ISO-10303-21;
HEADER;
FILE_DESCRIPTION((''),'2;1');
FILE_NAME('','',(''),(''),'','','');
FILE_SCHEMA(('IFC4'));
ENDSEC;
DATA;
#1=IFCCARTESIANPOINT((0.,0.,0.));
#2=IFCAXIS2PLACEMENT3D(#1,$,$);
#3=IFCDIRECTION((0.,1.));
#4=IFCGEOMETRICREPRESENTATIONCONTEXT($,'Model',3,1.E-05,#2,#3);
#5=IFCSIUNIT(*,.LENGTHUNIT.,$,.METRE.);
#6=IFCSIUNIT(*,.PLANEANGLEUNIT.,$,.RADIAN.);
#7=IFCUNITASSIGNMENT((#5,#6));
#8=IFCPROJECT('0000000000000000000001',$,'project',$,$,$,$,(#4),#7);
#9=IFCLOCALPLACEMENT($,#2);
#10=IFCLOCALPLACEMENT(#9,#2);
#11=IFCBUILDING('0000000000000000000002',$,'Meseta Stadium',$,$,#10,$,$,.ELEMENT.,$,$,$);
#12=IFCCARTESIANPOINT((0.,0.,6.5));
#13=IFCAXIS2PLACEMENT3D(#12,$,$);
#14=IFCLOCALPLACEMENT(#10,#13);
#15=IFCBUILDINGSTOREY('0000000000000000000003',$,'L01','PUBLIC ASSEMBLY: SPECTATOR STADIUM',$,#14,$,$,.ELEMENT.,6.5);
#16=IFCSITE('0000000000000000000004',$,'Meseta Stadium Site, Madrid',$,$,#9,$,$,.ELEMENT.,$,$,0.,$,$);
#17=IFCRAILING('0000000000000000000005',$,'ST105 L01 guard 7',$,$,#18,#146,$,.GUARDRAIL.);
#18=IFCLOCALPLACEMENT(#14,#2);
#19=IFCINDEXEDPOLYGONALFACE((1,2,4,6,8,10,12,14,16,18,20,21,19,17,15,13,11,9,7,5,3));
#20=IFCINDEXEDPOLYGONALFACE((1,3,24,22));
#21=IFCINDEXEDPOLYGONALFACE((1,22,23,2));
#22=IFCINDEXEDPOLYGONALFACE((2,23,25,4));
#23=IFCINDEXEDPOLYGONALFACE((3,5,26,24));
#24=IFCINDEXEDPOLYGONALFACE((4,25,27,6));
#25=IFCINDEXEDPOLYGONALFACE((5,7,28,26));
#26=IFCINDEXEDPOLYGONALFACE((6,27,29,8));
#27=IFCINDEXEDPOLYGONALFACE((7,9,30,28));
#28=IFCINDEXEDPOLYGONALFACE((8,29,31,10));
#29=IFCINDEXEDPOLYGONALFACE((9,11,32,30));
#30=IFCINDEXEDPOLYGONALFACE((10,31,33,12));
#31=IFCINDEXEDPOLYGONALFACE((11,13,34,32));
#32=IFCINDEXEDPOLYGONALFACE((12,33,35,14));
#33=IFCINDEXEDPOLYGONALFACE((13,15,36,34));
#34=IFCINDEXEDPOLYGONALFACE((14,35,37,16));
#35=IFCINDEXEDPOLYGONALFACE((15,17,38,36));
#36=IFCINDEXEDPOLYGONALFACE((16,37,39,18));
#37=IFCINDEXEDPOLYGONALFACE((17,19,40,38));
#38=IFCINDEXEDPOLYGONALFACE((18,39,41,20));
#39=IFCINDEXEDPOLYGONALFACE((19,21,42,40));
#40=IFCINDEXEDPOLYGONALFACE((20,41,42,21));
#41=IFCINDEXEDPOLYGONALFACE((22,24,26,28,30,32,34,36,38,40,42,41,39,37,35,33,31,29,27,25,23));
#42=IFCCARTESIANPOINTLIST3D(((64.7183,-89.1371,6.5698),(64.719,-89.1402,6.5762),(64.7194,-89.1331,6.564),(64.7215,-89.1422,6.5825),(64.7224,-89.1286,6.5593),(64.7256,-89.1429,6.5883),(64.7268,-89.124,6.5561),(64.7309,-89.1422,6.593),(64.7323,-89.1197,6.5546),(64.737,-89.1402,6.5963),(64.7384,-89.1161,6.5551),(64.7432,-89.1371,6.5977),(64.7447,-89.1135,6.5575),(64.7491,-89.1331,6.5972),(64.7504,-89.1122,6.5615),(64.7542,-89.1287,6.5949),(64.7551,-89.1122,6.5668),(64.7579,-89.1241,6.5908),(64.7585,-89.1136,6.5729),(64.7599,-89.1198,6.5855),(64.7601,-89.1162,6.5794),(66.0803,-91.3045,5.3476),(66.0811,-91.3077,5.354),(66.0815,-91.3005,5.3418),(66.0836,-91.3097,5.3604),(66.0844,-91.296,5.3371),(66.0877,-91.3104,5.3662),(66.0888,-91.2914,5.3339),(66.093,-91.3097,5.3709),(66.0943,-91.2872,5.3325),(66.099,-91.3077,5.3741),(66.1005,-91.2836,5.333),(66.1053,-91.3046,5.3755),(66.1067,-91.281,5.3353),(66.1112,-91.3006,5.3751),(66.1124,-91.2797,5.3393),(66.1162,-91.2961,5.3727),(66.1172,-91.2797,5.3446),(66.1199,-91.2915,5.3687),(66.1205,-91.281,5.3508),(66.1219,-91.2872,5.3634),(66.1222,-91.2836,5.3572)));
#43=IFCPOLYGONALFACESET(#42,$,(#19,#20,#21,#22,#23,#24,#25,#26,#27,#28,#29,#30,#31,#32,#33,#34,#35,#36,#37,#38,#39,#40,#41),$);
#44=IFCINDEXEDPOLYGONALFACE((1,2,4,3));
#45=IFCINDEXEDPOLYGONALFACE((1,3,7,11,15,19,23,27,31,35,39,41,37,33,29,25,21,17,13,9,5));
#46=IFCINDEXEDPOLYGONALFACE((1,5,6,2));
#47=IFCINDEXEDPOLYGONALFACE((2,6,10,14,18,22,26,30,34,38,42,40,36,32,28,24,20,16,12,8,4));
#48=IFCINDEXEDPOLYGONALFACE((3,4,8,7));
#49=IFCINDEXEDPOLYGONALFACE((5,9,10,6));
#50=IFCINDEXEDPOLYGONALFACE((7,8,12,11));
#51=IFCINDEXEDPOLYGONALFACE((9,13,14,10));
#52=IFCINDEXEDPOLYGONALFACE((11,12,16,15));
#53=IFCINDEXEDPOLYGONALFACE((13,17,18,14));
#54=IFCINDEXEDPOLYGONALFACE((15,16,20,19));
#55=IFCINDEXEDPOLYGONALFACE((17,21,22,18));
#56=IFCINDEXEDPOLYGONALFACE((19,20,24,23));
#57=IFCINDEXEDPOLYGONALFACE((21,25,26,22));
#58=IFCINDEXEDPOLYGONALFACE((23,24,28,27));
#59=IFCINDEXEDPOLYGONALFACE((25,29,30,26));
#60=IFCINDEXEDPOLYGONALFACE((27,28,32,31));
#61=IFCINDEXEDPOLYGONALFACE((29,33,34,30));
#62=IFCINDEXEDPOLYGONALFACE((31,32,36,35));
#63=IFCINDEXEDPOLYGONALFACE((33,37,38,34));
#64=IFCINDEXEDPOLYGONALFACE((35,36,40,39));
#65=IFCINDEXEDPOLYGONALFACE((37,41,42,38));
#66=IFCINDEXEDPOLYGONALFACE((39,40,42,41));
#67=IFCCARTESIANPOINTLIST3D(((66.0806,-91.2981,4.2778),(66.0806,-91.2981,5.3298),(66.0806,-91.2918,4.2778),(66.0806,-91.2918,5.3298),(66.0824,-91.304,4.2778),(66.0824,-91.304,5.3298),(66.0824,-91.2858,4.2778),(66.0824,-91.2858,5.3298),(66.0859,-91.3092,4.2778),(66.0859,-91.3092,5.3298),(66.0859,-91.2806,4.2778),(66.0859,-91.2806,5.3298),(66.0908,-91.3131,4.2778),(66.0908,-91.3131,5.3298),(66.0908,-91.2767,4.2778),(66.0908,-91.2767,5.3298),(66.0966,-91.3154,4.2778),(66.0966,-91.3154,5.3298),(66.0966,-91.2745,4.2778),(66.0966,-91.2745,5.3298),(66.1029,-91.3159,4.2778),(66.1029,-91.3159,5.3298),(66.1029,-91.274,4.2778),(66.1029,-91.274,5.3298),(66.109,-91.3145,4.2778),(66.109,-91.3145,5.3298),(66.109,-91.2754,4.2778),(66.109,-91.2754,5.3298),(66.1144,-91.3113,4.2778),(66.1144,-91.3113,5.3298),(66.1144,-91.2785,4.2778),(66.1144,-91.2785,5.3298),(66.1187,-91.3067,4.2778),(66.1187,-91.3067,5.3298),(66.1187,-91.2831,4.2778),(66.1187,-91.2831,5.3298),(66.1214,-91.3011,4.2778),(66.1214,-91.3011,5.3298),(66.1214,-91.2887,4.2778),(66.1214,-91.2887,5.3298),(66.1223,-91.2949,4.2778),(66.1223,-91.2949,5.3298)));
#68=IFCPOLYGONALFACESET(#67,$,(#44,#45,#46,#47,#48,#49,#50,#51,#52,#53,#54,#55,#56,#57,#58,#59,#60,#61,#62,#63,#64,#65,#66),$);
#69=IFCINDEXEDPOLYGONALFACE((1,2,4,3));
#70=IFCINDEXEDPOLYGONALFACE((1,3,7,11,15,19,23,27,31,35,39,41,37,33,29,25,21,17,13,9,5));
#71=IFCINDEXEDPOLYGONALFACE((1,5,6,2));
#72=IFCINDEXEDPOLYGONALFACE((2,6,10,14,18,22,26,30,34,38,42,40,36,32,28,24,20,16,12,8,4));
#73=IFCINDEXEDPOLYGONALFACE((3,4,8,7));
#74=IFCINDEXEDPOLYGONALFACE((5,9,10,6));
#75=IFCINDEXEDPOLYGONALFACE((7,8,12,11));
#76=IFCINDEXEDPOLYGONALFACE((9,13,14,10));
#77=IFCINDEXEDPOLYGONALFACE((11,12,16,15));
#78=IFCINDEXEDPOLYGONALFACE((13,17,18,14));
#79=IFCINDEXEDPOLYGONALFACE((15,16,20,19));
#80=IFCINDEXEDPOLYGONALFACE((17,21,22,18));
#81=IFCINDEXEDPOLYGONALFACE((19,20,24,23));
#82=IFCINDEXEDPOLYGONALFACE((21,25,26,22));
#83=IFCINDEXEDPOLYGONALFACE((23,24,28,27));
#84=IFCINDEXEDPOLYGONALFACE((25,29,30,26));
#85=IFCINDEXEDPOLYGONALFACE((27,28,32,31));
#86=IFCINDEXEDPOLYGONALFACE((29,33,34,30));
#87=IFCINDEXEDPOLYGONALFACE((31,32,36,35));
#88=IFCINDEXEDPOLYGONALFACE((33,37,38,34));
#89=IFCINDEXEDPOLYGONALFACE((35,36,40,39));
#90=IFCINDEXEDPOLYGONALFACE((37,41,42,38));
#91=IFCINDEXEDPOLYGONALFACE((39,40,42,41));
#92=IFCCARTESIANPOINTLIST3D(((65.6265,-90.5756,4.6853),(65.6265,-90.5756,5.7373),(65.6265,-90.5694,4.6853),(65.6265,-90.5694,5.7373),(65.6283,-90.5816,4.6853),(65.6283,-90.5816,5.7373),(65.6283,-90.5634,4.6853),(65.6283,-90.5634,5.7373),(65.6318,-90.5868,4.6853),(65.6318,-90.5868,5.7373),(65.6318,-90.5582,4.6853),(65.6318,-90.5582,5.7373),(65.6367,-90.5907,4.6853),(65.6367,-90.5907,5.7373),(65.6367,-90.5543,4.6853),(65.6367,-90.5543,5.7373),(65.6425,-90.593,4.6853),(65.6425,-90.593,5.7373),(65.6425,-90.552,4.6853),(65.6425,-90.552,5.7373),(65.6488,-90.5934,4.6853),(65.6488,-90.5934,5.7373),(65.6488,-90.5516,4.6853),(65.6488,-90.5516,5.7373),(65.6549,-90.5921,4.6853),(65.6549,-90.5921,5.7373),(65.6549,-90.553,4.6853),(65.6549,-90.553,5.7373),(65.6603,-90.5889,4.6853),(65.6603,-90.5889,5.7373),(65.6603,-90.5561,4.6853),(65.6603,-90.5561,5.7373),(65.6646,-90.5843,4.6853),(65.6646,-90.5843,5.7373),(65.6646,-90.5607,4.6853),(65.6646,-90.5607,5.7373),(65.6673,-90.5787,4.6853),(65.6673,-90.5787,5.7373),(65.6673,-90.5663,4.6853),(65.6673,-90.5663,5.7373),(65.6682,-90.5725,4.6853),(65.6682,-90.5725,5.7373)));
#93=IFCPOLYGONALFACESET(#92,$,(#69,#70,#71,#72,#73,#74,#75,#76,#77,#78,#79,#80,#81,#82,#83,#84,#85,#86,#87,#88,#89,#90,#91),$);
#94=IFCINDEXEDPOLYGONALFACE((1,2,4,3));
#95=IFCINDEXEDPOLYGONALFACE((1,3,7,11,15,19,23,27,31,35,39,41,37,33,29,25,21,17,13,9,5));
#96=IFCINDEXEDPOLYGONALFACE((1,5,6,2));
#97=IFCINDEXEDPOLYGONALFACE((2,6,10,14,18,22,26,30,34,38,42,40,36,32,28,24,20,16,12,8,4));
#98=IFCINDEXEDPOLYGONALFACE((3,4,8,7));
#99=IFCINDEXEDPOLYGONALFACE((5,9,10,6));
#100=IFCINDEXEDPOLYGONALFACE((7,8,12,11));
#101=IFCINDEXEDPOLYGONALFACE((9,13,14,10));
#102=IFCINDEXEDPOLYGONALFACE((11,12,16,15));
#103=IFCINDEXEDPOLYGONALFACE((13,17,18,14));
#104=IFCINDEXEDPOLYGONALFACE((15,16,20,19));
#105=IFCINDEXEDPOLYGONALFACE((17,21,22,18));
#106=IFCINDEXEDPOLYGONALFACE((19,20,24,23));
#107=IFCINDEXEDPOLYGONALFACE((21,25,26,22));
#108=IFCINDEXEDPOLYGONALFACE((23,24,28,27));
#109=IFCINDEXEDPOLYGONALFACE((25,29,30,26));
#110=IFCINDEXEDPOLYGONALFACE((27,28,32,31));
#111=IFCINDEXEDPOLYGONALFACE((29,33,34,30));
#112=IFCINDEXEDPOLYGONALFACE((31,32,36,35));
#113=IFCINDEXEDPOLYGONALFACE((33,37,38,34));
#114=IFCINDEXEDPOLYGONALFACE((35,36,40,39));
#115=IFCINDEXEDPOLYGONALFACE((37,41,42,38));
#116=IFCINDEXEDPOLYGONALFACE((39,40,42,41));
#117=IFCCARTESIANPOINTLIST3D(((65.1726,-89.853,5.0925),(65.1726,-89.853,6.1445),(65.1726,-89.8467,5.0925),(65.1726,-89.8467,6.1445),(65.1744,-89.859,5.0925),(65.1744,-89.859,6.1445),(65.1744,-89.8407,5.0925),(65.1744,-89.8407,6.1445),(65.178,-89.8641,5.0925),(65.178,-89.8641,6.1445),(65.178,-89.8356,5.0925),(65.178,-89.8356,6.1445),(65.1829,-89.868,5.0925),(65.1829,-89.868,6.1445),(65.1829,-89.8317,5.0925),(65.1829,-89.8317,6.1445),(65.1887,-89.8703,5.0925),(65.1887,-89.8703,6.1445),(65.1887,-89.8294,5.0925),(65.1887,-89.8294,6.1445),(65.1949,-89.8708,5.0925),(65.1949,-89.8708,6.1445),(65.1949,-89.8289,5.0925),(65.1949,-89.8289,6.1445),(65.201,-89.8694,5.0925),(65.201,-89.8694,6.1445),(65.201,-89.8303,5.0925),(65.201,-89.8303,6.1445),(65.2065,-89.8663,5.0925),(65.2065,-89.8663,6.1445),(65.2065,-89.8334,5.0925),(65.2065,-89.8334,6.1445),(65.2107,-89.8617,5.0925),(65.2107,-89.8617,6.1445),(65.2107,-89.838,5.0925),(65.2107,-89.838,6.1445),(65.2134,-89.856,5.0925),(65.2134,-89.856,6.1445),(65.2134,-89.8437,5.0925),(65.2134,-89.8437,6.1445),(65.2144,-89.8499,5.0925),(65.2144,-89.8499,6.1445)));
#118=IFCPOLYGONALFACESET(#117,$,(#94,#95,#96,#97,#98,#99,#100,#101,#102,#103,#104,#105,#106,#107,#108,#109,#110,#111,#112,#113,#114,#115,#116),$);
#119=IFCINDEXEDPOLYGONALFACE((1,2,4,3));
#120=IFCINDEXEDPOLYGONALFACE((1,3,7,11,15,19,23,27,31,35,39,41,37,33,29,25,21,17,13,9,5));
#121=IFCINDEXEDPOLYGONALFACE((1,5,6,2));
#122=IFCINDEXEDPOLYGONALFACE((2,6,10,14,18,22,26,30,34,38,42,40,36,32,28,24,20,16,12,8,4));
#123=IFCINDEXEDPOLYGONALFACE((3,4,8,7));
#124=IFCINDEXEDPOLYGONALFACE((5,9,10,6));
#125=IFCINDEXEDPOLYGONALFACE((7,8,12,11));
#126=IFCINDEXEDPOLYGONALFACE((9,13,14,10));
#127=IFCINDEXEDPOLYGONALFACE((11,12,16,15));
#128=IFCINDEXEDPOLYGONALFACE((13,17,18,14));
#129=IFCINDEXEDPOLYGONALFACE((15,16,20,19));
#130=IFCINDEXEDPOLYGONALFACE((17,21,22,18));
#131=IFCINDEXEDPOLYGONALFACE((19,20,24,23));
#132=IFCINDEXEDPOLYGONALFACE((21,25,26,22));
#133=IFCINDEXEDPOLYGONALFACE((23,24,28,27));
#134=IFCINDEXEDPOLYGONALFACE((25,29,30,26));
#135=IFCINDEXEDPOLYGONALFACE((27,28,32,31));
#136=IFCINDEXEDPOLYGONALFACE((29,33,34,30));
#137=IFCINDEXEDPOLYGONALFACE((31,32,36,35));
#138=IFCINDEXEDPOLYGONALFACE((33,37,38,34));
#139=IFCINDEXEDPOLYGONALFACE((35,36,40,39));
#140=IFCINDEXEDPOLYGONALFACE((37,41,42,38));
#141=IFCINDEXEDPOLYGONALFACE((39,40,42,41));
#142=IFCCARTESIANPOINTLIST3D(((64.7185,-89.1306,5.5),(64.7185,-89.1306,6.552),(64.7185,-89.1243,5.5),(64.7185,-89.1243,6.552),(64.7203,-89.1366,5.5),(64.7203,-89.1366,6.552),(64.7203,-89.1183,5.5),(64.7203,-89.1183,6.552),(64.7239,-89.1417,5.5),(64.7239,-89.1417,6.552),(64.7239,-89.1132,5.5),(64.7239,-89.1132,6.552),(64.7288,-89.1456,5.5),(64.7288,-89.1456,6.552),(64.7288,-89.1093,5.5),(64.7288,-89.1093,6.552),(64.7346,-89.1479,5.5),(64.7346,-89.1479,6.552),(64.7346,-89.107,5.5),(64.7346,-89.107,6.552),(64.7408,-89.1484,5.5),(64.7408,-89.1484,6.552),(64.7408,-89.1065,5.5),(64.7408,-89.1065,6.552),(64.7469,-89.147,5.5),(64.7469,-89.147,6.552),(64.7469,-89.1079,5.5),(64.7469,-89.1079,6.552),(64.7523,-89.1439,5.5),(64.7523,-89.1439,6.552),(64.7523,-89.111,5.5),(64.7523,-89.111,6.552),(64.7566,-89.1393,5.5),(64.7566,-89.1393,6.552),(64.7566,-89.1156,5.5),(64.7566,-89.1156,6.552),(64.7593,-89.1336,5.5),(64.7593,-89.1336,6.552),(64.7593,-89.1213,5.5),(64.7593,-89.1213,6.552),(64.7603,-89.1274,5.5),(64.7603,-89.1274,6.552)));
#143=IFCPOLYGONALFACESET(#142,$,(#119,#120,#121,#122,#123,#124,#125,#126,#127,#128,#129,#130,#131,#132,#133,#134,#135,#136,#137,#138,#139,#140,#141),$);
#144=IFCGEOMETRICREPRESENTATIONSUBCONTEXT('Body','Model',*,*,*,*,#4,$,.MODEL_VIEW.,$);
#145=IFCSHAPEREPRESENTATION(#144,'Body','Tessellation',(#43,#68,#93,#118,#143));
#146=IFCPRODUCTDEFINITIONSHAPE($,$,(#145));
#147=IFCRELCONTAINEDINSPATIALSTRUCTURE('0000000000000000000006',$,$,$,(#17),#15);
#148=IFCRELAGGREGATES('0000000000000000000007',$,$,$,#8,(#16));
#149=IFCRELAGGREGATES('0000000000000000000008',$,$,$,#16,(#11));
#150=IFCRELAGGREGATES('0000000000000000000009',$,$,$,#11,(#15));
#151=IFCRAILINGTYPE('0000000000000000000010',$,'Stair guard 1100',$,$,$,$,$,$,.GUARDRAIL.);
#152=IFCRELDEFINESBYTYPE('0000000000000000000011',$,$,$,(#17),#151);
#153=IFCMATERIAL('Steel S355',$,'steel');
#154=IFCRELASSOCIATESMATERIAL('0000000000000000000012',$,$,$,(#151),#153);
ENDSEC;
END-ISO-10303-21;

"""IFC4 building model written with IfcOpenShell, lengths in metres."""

from ifc_helpers import new_model, si_unit, direction, frame, origin, origin_2d, place, context, subcontext, project, spatial, circle, extrude, material, type_object, element, save


model = new_model("IFC4")

# Units and contexts
model_context = context("Model", 3, precision=1e-05, world=origin(), true_north=direction((0.0, 1.0)))
body_context = subcontext(model_context, "Body", "Model", "MODEL_VIEW")
ifc_project = project(units=[si_unit("LENGTHUNIT", "METRE"), si_unit("PLANEANGLEUNIT", "RADIAN")], contexts=[model_context])

# Site, building, storey
site_placement = place(None, origin())
site = spatial("IfcSite", under=ifc_project, at=site_placement, Name="Meseta Stadium Site, Madrid", CompositionType="ELEMENT", RefElevation=0.0)
building_placement = place(site_placement, origin())
building = spatial("IfcBuilding", under=site, at=building_placement, Name="Meseta Stadium", CompositionType="ELEMENT")
storey_placement = place(building_placement, frame((0.0, 0.0, 6.5)))
storey = spatial("IfcBuildingStorey", under=building, at=storey_placement, Name="L01", Description="PUBLIC ASSEMBLY: SPECTATOR STADIUM", CompositionType="ELEMENT", Elevation=6.5)

# Railing
ifc_material_1 = material(Name="Steel S355", Category="steel")
railing_type_1 = type_object("IfcRailingType", Name="Stair guard 1100", PredefinedType="GUARDRAIL", material=ifc_material_1)
railing_1_placement = place(storey_placement, frame((66.1013, -91.2949, 4.2778)))
element("IfcRailing", 1, at=railing_1_placement, inside=storey, type_object=railing_type_1, Name="ST105 L01 guard 7", PredefinedType="GUARDRAIL", context=body_context, shape_type="SweptSolid", body=[
    extrude(circle(Radius=0.0239, at=origin_2d()), frame((0.0, 0.0, 1.0762), z_axis=(-0.480156, 0.764085, 0.430841), x_axis=(-0.846699, -0.532072, 0.0)), (0.0, 0.0, 1.0), 2.8367),
    extrude(circle(Radius=0.021, at=origin_2d()), origin(), (0.0, 0.0, 1.0), 1.052),
    extrude(circle(Radius=0.021, at=origin_2d()), frame((-0.4541, 0.7224, 0.4075)), (0.0, 0.0, 1.0), 1.052),
    extrude(circle(Radius=0.021, at=origin_2d()), frame((-0.908, 1.4451, 0.8147)), (0.0, 0.0, 1.0), 1.052),
    extrude(circle(Radius=0.021, at=origin_2d()), frame((-1.3621, 2.1675, 1.2222)), (0.0, 0.0, 1.0), 1.052),
])

save(model, "model.ifc")
